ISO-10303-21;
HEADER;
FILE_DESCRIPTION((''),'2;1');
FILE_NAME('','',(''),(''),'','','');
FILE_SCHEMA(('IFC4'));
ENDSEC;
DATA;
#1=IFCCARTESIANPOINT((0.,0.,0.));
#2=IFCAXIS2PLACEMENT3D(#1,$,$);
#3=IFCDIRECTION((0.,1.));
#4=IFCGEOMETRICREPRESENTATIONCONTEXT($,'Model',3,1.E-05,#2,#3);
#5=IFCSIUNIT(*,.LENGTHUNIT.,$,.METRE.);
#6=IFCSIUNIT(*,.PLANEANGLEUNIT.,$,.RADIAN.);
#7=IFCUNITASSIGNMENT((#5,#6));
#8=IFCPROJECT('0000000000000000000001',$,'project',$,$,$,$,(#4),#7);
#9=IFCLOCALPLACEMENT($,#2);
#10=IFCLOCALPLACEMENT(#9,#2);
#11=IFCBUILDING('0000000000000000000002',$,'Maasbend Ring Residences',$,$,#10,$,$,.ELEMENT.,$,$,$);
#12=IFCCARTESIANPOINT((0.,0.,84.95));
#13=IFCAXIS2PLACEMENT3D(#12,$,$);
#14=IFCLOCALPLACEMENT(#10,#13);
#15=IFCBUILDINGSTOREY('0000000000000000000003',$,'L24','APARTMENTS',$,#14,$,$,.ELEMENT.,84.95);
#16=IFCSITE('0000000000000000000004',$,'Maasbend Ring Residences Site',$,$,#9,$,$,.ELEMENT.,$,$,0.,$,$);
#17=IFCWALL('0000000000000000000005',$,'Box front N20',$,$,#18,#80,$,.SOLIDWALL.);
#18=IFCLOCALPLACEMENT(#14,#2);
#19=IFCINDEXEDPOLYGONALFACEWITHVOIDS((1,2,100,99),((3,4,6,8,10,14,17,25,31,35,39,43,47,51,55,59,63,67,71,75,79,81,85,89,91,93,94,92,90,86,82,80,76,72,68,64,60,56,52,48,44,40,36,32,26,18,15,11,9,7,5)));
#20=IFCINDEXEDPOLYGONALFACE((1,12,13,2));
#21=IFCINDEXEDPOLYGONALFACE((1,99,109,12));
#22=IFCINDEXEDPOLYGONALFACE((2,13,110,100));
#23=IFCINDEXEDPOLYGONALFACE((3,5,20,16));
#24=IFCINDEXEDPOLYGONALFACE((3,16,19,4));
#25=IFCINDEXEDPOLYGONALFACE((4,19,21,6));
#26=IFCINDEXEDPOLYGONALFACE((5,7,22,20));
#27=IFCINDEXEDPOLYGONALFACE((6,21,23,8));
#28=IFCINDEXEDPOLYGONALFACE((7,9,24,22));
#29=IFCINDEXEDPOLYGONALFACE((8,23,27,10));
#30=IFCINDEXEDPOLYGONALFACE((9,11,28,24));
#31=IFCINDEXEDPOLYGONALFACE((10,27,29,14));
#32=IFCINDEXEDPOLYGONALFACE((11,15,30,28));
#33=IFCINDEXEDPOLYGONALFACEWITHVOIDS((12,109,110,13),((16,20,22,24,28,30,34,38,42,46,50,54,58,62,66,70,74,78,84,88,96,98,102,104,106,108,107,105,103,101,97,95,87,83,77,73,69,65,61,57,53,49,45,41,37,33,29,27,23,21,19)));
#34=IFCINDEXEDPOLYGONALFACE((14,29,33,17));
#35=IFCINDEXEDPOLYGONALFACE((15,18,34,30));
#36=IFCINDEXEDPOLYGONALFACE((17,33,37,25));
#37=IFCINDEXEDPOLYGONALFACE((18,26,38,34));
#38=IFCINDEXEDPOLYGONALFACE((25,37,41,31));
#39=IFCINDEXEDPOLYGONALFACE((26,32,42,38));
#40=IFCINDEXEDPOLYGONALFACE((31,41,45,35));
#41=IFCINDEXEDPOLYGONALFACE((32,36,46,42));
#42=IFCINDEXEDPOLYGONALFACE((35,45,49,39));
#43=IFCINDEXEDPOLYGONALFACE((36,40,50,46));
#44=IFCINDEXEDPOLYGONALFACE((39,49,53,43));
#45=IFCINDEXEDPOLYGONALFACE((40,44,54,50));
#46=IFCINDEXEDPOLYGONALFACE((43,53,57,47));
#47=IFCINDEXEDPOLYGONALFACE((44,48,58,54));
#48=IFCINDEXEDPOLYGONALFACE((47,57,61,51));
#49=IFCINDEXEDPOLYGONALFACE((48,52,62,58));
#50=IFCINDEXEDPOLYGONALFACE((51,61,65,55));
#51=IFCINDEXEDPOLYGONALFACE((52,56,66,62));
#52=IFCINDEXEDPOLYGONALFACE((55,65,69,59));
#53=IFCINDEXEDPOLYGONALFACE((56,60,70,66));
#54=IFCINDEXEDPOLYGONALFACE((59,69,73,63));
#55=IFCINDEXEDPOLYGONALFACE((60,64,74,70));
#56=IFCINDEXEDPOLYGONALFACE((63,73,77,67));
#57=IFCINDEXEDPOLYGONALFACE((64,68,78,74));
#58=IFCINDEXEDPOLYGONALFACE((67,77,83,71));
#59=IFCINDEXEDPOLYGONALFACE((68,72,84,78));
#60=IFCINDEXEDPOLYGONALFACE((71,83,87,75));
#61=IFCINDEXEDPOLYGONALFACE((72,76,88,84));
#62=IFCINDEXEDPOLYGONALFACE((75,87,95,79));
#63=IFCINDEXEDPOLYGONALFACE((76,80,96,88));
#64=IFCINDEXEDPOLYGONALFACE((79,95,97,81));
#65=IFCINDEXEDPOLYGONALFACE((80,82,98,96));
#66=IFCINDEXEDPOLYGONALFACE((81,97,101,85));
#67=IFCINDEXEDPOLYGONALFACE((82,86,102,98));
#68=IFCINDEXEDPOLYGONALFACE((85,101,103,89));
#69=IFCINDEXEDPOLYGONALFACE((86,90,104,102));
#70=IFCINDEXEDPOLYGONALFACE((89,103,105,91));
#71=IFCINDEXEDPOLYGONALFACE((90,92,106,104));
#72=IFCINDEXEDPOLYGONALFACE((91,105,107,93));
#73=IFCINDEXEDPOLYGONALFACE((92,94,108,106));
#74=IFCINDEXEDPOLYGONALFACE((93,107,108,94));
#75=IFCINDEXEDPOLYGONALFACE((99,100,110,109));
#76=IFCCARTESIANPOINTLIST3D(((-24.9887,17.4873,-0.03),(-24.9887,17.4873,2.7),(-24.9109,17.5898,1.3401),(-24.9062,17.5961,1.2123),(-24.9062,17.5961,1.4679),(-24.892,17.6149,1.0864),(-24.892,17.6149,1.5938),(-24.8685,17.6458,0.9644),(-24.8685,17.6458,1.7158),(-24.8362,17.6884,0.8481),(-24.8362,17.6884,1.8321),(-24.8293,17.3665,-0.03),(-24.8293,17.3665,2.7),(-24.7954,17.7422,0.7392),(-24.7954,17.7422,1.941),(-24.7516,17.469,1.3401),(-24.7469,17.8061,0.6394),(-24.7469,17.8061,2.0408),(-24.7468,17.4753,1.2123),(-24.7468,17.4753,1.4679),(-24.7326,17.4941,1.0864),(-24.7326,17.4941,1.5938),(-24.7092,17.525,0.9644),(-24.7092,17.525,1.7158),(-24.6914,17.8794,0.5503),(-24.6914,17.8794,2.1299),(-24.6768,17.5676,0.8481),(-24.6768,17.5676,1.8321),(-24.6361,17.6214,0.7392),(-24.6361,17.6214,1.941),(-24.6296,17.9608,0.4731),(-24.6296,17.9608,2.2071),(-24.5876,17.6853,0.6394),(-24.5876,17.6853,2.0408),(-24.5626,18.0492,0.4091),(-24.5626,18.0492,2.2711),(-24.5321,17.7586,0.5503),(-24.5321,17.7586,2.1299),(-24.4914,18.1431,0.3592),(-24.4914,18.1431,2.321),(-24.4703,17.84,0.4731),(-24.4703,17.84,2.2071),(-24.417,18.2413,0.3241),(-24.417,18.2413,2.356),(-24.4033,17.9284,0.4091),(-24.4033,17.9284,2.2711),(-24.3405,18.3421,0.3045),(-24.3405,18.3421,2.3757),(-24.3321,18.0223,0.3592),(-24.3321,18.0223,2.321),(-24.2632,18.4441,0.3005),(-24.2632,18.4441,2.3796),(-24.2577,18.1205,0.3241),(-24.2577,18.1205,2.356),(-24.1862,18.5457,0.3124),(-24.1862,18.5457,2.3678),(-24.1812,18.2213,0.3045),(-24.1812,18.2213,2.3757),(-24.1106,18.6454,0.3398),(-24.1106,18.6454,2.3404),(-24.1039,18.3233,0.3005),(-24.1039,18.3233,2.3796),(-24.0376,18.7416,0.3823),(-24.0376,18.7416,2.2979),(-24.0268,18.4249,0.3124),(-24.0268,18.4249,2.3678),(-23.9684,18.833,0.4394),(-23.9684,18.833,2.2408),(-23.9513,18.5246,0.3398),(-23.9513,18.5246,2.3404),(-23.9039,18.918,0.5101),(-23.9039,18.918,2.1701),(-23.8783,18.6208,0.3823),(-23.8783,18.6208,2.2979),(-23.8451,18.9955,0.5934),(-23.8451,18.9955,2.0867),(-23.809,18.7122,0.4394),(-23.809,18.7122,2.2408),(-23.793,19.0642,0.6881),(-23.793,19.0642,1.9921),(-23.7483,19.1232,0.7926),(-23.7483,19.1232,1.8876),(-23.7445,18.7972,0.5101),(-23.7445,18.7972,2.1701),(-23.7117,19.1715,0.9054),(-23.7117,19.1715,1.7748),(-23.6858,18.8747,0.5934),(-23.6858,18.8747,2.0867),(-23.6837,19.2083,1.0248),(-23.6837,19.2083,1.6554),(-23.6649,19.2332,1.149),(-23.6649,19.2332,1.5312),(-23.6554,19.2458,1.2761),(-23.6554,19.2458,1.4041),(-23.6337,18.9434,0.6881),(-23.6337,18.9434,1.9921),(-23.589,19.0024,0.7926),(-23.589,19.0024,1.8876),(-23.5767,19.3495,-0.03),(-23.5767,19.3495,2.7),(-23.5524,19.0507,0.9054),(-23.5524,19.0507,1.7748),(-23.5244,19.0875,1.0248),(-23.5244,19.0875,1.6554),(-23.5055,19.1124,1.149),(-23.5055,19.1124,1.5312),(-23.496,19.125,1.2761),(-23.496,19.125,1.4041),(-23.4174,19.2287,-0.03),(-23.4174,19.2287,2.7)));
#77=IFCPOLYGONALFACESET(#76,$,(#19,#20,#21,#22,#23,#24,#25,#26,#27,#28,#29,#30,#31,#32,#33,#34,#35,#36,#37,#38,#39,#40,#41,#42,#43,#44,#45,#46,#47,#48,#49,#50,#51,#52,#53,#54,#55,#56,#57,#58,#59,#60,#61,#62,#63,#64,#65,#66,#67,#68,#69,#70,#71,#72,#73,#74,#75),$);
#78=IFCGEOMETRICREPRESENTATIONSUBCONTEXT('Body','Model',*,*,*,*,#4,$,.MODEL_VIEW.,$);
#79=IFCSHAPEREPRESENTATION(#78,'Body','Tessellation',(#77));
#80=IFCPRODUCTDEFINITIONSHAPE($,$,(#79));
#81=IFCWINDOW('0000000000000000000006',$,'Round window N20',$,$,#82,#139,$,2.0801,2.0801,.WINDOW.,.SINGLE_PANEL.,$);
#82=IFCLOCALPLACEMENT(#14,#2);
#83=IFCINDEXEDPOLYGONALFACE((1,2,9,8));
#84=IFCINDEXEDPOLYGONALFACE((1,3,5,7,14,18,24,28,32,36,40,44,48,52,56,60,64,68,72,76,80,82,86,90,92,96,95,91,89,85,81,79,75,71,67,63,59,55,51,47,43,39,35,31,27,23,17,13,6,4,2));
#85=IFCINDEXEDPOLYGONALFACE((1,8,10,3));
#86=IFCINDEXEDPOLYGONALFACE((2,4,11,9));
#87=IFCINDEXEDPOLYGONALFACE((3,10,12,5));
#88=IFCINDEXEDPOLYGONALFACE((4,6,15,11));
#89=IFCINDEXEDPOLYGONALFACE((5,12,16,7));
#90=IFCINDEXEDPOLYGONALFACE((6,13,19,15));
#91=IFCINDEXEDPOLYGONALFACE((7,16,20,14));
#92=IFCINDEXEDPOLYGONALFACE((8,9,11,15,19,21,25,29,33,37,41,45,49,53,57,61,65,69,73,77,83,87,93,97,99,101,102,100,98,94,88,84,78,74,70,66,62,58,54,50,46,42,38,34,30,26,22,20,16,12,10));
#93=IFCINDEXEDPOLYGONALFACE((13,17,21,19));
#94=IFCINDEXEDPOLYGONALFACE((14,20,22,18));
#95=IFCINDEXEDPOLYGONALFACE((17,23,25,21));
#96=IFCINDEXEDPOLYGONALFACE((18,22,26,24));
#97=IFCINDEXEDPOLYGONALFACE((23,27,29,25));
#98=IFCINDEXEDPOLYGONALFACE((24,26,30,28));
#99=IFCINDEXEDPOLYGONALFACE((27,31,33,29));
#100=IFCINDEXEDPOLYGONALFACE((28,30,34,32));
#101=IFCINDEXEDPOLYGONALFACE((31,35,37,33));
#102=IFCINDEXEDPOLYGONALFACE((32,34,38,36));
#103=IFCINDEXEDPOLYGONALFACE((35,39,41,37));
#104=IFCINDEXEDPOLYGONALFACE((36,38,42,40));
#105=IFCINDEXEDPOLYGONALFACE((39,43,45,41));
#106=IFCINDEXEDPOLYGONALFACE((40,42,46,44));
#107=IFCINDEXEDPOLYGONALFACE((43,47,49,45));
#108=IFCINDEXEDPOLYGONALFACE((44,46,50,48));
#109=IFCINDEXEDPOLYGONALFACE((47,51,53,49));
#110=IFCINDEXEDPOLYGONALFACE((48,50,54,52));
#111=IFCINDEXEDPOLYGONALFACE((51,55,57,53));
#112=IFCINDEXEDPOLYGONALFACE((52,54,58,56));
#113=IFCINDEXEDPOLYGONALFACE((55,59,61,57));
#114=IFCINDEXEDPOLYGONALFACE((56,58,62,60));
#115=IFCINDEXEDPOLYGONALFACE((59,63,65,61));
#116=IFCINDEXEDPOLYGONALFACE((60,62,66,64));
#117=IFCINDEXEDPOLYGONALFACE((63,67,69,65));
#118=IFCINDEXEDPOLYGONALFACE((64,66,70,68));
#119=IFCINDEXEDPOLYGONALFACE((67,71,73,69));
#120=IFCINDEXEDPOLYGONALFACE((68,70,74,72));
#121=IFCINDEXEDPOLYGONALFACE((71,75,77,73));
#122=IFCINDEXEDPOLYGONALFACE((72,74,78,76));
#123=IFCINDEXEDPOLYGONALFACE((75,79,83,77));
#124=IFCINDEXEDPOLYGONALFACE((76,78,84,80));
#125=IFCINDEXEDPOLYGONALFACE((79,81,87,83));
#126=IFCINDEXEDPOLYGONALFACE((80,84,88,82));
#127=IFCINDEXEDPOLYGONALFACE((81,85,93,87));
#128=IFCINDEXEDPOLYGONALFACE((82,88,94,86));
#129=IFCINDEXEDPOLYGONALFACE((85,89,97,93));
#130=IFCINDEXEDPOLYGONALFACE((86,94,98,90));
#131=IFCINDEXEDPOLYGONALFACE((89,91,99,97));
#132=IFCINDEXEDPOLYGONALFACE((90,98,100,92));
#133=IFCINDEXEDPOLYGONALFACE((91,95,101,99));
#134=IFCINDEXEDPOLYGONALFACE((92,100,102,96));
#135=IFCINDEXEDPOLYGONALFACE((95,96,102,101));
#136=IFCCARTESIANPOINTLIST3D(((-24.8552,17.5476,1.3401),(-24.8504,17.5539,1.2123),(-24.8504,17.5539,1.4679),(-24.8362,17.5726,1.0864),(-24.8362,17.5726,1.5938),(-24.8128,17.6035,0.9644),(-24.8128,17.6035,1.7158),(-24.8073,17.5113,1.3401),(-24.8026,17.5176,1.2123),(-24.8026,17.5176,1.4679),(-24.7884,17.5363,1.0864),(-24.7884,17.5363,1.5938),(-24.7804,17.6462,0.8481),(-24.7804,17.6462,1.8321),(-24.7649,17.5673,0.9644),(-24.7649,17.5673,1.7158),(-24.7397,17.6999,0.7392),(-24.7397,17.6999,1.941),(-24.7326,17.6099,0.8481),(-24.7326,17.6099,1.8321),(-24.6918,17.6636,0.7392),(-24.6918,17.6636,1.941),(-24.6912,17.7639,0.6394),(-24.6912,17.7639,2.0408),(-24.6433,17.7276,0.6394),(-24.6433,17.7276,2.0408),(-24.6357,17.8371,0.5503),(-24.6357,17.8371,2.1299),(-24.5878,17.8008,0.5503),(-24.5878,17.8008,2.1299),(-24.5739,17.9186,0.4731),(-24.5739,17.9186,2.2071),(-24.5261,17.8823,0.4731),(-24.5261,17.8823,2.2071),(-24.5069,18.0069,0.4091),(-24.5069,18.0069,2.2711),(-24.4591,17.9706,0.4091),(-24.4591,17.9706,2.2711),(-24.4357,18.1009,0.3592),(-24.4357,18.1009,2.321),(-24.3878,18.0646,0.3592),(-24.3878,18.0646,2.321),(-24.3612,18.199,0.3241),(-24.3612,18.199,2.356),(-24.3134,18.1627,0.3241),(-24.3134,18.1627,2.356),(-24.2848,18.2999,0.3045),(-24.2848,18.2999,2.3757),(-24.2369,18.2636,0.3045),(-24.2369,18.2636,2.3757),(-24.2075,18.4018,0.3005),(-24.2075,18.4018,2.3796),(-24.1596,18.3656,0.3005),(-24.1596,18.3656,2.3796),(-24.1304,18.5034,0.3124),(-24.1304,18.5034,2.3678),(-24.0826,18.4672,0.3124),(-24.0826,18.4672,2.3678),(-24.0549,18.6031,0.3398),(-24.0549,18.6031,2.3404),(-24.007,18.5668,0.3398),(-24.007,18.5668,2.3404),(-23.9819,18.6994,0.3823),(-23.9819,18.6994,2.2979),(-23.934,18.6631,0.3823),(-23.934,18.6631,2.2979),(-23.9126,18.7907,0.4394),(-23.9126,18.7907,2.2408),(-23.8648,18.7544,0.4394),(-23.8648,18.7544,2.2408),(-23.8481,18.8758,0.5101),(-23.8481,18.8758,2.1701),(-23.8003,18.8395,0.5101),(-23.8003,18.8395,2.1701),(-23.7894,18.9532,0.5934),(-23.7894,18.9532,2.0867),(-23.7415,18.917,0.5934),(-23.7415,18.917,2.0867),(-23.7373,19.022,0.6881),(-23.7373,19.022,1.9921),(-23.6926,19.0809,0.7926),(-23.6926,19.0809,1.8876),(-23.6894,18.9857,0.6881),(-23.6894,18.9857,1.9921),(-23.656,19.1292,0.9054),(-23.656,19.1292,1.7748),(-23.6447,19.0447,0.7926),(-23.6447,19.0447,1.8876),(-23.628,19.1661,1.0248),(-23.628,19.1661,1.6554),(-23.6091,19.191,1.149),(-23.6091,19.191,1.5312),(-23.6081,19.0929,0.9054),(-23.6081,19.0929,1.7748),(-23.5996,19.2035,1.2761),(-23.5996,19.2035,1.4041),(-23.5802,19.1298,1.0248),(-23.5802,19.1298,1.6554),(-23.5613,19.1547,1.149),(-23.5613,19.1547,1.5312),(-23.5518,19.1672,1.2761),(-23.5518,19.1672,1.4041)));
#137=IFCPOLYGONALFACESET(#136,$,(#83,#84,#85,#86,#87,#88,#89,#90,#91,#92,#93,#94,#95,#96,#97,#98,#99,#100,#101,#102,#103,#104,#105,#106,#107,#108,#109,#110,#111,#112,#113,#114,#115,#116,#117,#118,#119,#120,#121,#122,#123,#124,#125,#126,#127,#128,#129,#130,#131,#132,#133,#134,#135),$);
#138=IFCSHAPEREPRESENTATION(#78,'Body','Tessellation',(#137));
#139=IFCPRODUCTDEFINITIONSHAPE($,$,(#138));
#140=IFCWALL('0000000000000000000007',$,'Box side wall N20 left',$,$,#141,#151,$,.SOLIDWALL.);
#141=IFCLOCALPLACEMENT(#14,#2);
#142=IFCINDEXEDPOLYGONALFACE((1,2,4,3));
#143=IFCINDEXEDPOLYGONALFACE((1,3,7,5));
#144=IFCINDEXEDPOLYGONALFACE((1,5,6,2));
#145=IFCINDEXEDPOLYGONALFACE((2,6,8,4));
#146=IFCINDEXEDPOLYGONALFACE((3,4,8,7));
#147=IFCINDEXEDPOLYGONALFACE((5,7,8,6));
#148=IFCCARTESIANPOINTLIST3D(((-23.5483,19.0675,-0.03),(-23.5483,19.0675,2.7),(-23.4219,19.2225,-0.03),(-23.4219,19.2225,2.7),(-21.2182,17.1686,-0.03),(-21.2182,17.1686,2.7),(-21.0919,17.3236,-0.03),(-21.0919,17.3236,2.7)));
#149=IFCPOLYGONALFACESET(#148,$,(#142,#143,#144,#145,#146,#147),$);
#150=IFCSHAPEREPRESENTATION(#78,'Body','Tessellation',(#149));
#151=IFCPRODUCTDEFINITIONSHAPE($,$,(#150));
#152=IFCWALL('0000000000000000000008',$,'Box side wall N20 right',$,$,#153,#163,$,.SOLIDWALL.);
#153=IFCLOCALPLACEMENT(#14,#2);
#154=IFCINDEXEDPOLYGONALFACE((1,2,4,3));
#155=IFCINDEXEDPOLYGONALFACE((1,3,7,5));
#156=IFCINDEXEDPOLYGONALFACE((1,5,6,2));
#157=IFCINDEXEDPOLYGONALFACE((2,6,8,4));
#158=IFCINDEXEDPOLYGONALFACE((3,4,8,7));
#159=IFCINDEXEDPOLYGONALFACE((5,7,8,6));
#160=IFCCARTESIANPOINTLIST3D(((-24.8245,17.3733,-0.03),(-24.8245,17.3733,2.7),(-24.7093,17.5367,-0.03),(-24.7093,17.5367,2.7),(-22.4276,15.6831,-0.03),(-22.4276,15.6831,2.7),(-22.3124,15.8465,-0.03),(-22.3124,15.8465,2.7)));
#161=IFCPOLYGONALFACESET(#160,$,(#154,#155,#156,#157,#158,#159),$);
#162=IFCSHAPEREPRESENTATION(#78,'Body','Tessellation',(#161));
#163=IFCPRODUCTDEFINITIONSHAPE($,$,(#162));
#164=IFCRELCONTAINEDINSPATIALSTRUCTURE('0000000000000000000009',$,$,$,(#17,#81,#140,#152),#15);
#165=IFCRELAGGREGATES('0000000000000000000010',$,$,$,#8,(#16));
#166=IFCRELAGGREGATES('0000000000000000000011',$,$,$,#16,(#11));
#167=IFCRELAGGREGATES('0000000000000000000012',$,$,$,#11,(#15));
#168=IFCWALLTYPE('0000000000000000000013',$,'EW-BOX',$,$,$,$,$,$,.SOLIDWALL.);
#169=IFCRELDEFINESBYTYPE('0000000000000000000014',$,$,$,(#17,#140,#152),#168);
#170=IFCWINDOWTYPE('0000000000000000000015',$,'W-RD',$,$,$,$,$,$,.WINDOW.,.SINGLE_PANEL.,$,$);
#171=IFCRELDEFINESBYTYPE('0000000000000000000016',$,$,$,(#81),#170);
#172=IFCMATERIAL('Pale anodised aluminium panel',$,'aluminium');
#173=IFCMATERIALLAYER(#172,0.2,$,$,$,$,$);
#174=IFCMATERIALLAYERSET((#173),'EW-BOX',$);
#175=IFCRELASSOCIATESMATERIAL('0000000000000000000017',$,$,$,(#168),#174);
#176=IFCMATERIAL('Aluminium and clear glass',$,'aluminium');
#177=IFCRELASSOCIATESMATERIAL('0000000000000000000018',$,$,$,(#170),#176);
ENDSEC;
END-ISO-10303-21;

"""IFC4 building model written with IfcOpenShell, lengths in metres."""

from ifc_helpers import new_model, si_unit, direction, frame, frame_2d, origin, place, context, subcontext, project, spatial, rectangle, circle, extrude, material, layer, layer_set, type_object, element, fill, save


model = new_model("IFC4")

# Units and contexts
model_context = context("Model", 3, precision=1e-05, world=origin(), true_north=direction((0.0, 1.0)))
body_context = subcontext(model_context, "Body", "Model", "MODEL_VIEW")
ifc_project = project(units=[si_unit("LENGTHUNIT", "METRE"), si_unit("PLANEANGLEUNIT", "RADIAN")], contexts=[model_context])

# Site, building, storey
site_placement = place(None, origin())
site = spatial("IfcSite", under=ifc_project, at=site_placement, Name="Maasbend Ring Residences Site", CompositionType="ELEMENT", RefElevation=0.0)
building_placement = place(site_placement, origin())
building = spatial("IfcBuilding", under=site, at=building_placement, Name="Maasbend Ring Residences", CompositionType="ELEMENT")
storey_placement = place(building_placement, frame((0.0, 0.0, 84.95)))
storey = spatial("IfcBuildingStorey", under=building, at=storey_placement, Name="L24", Description="APARTMENTS", CompositionType="ELEMENT", Elevation=84.95)

# Shared definitions
ifc_material_1 = material(Name="Pale anodised aluminium panel", Category="aluminium")
ifc_layer_1 = layer(ifc_material_1, 0.2)
ifc_layer_set_1 = layer_set([ifc_layer_1], Name="EW-BOX")
wall_type_1 = type_object("IfcWallType", Name="EW-BOX", PredefinedType="SOLIDWALL", material=ifc_layer_set_1)
ifc_material_2 = material(Name="Aluminium and clear glass", Category="aluminium")
window_type_1 = type_object("IfcWindowType", Name="W-RD", PartitioningType="SINGLE_PANEL", PredefinedType="WINDOW", material=ifc_material_2)

# Wall, opening, window
wall_1_placement = place(storey_placement, frame((-23.4971, 19.2891, -0.03), z_axis=(0.0, 0.0, 1.0), x_axis=(-0.604188, -0.796842, 0.0)))
wall_1 = element("IfcWall", 1, at=wall_1_placement, inside=storey, type_object=wall_type_1, Name="Box front N20", PredefinedType="SOLIDWALL", context=body_context, shape_type="SweptSolid", body=[
    extrude(rectangle(XDim=2.3369, YDim=0.2, at=frame_2d((1.1685, 0.0))), origin(), (0.0, 0.0, 1.0), 2.73),
])
opening_1_placement = place(wall_1_placement, frame((0.1282, 0.0, 0.3301)))
opening_1 = element("IfcOpeningElement", 2, at=opening_1_placement, cuts=wall_1, PredefinedType="OPENING", context=body_context, shape_type="SweptSolid", body=[
    extrude(circle(Radius=1.04, at=frame_2d((1.04, 1.04))), frame((0.0, 0.1099, 0.0), z_axis=(0.0, -1.0, 0.0), x_axis=(1.0, 0.0, 0.0)), (0.0, 0.0, 1.0), 0.22),
])
window_1_placement = place(opening_1_placement, origin())
window_1 = element("IfcWindow", 3, at=window_1_placement, inside=storey, type_object=window_type_1, Name="Round window N20", OverallHeight=2.0801, OverallWidth=2.0801, PartitioningType="SINGLE_PANEL", PredefinedType="WINDOW", context=body_context, shape_type="SweptSolid", body=[
    extrude(circle(Radius=1.04, at=frame_2d((1.04, 1.04))), frame((0.0, 0.03, 0.0), z_axis=(0.0, -1.0, 0.0), x_axis=(1.0, 0.0, 0.0)), (0.0, 0.0, 1.0), 0.0601),
])
fill(opening_1, window_1)

# Walls
wall_2_placement = place(storey_placement, frame((-21.155, 17.2461, -0.03), z_axis=(0.0, 0.0, 1.0), x_axis=(-0.775179, 0.631742, 0.0)))
element("IfcWall", 4, at=wall_2_placement, inside=storey, type_object=wall_type_1, Name="Box side wall N20 left", PredefinedType="SOLIDWALL", context=body_context, shape_type="SweptSolid", body=[
    extrude(rectangle(XDim=3.0059, YDim=0.2, at=frame_2d((1.5029, 0.0))), origin(), (0.0, 0.0, 1.0), 2.73),
])
wall_3_placement = place(storey_placement, frame((-22.3701, 15.7649, -0.03), z_axis=(0.0, 0.0, 1.0), x_axis=(-0.817256, 0.576275, 0.0)))
element("IfcWall", 5, at=wall_3_placement, inside=storey, type_object=wall_type_1, Name="Box side wall N20 right", PredefinedType="SOLIDWALL", context=body_context, shape_type="SweptSolid", body=[
    extrude(rectangle(XDim=2.9329, YDim=0.2, at=frame_2d((1.4663, 0.0))), origin(), (0.0, 0.0, 1.0), 2.73),
])

save(model, "model.ifc")
